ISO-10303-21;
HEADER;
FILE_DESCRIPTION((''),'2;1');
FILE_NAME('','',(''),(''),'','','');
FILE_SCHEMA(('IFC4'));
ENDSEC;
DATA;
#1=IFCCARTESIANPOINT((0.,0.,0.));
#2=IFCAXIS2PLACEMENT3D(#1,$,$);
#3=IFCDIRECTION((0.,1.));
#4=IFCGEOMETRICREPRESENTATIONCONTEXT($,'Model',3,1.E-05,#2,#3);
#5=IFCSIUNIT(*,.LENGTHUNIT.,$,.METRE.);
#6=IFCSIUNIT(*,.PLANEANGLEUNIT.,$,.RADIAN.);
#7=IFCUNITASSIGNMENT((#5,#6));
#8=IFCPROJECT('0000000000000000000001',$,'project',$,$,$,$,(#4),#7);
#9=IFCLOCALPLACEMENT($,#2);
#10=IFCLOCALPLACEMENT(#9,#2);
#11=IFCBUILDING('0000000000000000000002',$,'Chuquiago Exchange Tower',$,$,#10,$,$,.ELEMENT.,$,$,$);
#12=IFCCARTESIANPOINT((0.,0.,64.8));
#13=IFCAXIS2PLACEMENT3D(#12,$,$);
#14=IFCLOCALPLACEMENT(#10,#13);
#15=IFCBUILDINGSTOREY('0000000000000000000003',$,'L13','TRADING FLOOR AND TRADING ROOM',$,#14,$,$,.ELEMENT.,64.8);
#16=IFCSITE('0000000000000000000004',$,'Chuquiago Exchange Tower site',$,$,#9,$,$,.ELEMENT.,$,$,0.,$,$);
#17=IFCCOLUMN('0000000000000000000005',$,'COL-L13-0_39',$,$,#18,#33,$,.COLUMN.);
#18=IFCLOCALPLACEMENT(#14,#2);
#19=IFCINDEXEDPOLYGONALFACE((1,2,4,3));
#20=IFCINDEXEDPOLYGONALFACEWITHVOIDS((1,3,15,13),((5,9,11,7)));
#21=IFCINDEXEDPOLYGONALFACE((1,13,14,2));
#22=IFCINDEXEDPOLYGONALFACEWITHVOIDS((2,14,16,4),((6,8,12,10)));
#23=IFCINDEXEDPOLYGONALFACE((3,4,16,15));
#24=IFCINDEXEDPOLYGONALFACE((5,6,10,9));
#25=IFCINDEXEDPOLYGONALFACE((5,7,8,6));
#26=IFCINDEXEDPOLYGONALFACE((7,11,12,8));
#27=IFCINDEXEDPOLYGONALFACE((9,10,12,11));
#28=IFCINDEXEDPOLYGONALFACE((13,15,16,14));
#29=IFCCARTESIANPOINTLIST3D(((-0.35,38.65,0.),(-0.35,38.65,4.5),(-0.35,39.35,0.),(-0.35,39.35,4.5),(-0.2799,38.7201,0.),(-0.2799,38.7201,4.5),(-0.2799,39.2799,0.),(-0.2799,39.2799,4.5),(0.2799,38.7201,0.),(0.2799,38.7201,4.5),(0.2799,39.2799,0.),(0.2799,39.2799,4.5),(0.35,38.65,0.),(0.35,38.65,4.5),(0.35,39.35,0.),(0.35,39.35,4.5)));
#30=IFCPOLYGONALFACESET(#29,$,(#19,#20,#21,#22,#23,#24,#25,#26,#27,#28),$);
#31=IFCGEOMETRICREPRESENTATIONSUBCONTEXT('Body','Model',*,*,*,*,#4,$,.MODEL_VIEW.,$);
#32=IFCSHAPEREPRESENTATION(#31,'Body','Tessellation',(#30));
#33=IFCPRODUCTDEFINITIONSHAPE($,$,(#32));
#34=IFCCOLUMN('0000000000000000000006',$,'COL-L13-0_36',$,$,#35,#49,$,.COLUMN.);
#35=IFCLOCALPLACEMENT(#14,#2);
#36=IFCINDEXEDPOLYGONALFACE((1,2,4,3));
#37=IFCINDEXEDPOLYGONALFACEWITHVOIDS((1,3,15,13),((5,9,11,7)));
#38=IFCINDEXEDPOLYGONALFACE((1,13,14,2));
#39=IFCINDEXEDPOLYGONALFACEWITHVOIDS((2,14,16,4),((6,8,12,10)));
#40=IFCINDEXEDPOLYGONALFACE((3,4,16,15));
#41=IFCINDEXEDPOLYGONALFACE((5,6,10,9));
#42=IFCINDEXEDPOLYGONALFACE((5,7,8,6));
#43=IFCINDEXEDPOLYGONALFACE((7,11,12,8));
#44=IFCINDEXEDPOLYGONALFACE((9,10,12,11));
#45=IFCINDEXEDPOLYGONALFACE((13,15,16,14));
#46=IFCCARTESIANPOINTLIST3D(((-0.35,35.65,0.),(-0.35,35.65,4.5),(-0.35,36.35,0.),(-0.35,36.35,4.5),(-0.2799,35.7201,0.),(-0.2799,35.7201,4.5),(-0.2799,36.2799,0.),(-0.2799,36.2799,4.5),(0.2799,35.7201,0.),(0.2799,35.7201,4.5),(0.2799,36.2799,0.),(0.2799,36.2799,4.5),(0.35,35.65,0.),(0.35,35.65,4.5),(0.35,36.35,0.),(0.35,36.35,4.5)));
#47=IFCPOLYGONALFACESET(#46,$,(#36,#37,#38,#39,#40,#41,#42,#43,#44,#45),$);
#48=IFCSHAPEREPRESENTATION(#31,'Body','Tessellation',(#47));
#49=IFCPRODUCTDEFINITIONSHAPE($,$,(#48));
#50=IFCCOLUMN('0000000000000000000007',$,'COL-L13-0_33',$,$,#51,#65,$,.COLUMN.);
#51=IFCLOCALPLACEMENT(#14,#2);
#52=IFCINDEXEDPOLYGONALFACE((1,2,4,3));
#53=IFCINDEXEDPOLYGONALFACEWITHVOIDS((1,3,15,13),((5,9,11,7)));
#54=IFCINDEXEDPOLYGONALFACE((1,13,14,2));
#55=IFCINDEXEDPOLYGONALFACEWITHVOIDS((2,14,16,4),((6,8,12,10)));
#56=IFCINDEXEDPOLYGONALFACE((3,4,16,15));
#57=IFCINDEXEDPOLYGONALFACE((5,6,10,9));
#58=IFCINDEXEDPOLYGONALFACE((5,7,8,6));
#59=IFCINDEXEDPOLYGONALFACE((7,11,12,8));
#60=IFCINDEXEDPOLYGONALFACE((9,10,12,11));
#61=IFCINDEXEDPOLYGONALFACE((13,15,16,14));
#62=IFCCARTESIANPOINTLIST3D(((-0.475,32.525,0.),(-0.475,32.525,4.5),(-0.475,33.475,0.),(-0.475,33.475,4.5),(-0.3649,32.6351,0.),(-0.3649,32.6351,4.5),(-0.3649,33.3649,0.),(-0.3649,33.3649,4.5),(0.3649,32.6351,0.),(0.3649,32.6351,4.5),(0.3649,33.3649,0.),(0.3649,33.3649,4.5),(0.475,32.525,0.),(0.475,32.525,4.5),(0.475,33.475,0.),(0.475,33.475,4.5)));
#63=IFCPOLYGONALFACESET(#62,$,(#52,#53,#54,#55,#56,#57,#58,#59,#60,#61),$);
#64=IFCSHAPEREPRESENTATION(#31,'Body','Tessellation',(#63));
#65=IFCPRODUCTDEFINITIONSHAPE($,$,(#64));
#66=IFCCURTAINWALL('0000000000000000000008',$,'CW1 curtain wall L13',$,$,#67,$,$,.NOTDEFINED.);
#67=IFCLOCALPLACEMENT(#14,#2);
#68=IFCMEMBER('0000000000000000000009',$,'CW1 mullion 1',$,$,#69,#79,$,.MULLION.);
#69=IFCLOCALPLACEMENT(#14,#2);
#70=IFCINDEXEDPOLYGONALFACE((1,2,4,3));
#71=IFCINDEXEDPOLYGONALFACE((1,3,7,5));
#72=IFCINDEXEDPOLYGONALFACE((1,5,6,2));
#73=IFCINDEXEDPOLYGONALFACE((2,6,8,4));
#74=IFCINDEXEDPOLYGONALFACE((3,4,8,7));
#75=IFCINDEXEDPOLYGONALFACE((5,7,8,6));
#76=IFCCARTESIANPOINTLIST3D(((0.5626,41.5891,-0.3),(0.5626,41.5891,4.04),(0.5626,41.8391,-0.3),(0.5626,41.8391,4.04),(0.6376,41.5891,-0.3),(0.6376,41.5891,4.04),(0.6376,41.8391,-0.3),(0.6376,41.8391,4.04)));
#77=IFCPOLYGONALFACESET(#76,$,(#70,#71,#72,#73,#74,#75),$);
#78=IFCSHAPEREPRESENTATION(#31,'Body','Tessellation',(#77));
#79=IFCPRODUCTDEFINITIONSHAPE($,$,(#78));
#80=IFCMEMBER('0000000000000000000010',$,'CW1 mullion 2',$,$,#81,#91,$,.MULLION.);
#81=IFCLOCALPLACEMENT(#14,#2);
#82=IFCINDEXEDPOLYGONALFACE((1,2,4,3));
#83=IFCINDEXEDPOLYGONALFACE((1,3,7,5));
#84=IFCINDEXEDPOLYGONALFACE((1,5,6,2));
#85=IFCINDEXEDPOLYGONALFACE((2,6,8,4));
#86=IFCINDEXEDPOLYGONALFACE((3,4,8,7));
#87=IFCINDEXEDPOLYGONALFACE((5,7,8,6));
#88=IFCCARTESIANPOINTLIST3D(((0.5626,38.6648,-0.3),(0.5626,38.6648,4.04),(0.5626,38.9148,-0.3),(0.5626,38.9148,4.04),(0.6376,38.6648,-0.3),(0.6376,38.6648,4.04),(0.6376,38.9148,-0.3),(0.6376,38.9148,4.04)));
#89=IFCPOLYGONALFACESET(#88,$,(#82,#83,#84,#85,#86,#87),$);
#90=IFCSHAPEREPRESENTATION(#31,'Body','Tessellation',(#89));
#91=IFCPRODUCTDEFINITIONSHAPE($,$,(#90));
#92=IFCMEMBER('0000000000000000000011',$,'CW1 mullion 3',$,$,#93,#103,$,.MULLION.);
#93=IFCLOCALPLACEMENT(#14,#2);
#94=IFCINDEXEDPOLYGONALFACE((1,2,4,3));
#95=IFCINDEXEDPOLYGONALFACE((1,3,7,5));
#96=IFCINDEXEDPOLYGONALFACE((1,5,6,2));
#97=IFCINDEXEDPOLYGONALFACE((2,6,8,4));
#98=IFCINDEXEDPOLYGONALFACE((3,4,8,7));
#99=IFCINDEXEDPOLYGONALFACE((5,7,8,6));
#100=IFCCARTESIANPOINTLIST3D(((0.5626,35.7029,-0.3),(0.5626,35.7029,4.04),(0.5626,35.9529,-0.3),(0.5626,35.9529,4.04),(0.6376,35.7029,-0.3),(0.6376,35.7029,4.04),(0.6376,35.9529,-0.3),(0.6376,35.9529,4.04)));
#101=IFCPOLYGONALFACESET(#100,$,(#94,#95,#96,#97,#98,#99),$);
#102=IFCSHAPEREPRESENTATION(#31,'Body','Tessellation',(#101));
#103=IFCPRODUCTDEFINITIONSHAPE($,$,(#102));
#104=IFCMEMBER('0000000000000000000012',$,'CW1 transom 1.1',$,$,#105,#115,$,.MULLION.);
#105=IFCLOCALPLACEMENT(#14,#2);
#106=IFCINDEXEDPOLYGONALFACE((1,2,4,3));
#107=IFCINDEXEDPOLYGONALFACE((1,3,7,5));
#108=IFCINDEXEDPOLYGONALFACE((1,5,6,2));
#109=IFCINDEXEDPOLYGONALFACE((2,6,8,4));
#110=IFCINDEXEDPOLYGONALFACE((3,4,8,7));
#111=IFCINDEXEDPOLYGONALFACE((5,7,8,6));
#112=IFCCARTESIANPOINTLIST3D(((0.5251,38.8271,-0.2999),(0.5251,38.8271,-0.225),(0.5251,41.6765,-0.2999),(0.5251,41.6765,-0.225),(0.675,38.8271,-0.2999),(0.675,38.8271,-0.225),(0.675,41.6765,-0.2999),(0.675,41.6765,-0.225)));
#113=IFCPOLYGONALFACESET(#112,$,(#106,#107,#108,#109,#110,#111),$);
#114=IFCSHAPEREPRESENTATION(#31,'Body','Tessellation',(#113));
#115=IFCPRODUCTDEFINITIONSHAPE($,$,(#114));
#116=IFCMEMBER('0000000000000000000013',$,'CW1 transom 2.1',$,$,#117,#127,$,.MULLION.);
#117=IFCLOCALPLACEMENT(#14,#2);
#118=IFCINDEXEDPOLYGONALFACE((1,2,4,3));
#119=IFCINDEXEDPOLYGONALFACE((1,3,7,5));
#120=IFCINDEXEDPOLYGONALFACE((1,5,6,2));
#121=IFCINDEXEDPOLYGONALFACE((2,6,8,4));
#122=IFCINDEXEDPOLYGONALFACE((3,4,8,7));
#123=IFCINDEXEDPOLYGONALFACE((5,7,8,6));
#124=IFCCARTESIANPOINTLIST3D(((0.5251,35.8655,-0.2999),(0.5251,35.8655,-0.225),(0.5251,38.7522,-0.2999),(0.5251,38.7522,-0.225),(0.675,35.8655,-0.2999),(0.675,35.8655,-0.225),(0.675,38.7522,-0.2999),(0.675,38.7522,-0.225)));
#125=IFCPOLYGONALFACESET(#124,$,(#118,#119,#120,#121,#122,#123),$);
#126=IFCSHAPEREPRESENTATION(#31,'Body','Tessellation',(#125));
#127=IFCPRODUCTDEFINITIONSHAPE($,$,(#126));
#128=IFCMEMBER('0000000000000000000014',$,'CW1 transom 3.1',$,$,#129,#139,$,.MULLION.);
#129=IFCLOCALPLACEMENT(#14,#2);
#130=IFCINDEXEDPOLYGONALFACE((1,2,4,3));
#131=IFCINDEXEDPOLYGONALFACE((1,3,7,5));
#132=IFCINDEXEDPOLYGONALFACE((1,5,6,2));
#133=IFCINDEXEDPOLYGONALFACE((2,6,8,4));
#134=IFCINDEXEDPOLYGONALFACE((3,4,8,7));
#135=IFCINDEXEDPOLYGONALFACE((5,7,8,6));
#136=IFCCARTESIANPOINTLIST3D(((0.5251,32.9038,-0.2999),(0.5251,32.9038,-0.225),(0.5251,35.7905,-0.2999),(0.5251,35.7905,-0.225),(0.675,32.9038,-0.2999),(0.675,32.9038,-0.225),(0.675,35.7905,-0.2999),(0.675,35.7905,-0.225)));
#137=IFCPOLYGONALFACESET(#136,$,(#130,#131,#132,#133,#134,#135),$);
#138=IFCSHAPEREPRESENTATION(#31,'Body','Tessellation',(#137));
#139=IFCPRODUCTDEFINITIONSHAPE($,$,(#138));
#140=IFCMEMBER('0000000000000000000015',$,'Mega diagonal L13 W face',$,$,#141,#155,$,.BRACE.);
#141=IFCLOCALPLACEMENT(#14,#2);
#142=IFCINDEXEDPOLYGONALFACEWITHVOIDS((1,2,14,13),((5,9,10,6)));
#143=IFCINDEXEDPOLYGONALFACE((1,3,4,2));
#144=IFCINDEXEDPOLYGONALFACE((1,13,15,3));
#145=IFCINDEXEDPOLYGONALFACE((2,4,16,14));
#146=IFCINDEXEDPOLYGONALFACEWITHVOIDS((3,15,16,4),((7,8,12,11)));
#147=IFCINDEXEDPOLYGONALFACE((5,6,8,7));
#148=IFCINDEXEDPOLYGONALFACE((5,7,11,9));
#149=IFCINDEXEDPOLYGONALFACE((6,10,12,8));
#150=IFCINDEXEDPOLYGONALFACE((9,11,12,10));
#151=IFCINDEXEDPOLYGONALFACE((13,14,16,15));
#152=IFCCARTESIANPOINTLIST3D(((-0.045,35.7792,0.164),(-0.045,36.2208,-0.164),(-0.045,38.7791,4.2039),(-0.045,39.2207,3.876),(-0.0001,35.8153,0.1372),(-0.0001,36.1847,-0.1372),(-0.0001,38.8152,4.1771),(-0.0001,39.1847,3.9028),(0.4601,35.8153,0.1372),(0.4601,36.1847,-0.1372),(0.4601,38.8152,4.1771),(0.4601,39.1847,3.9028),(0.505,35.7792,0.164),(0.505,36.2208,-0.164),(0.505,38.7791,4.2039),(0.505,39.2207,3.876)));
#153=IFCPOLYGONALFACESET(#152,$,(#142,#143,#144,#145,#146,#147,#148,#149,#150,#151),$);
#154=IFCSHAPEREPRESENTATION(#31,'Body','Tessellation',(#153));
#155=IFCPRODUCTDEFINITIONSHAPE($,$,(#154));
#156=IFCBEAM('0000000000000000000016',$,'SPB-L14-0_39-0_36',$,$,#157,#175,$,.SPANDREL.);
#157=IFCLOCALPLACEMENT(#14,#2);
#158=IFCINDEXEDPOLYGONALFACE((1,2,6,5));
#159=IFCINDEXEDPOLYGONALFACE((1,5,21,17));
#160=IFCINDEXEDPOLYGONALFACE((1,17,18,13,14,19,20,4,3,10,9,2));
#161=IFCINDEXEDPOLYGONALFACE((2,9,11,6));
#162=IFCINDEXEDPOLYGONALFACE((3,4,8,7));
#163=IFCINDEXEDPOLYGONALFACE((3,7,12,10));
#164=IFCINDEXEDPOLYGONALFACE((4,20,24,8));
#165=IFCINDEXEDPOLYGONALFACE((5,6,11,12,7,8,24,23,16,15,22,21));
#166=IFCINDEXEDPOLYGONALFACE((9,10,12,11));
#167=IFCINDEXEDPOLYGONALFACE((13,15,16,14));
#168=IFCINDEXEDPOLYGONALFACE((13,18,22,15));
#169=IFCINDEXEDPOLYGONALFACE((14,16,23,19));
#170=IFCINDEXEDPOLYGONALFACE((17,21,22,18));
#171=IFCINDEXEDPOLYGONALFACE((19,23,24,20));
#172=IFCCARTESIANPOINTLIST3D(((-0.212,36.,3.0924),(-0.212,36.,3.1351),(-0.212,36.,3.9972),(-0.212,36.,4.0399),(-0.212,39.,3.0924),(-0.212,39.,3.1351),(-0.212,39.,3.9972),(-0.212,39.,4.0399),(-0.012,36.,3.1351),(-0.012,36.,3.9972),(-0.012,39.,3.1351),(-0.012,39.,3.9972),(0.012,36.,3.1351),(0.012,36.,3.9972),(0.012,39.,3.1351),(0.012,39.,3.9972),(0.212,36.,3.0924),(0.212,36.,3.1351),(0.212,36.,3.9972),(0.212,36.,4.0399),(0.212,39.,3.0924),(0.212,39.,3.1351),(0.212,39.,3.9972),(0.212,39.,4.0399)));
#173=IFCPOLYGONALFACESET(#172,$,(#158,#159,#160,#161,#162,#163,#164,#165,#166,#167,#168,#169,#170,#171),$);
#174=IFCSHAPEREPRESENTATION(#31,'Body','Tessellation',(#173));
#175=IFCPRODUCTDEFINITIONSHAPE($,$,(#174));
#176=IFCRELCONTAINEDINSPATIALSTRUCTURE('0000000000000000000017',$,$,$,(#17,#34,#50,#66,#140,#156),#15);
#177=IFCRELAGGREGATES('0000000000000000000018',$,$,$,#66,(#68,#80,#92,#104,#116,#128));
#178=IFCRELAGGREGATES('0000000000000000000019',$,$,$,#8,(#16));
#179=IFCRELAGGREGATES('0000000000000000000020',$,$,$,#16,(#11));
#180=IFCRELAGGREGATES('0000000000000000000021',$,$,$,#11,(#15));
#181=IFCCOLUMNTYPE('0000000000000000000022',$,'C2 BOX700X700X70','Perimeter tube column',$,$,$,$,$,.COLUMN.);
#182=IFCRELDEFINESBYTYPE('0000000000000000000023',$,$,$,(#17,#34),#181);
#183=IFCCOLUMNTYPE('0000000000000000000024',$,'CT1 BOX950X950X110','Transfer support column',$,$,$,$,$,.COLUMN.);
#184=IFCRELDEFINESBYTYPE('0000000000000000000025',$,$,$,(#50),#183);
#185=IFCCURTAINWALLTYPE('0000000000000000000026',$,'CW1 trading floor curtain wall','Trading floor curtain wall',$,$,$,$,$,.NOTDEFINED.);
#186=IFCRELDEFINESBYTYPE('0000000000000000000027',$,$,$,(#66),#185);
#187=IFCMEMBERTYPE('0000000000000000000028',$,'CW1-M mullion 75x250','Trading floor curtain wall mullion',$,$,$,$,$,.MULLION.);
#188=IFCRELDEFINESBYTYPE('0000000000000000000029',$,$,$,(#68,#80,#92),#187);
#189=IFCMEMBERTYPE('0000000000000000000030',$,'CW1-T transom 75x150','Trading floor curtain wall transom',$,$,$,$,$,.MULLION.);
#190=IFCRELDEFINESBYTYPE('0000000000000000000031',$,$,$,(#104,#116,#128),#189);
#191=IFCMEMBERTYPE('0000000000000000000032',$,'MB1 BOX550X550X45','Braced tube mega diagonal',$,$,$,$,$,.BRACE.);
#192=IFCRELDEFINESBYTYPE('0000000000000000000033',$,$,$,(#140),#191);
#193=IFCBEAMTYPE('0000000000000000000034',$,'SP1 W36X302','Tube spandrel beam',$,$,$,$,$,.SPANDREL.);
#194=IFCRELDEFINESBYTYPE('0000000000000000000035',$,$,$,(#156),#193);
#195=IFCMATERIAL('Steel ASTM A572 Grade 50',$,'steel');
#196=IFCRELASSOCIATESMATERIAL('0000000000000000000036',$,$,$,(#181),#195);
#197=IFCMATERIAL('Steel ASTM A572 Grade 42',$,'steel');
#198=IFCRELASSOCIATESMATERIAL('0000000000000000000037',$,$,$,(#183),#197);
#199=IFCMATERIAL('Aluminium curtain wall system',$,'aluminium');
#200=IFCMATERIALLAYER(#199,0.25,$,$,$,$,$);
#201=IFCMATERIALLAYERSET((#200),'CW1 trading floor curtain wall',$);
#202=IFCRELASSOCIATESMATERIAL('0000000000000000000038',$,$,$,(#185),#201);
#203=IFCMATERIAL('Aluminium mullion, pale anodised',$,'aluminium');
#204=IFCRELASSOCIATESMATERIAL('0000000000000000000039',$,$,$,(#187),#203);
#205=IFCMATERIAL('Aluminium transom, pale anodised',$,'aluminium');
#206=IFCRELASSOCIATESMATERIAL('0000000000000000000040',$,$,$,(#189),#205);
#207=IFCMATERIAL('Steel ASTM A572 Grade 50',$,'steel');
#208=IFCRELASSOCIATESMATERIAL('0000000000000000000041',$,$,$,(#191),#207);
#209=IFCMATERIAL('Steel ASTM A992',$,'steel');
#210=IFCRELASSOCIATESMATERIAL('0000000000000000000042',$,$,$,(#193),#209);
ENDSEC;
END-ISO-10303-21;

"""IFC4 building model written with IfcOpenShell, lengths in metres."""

from ifc_helpers import new_model, si_unit, direction, frame, origin, origin_2d, place, context, subcontext, project, spatial, rectangle, hollow_rectangle, i_section, extrude, material, layer, layer_set, material_profile, profile_set, type_object, element, aggregate, save


model = new_model("IFC4")

# Units and contexts
model_context = context("Model", 3, precision=1e-05, world=origin(), true_north=direction((0.0, 1.0)))
body_context = subcontext(model_context, "Body", "Model", "MODEL_VIEW")
ifc_project = project(units=[si_unit("LENGTHUNIT", "METRE"), si_unit("PLANEANGLEUNIT", "RADIAN")], contexts=[model_context])

# Site, building, storey
site_placement = place(None, origin())
site = spatial("IfcSite", under=ifc_project, at=site_placement, Name="Chuquiago Exchange Tower site", CompositionType="ELEMENT", RefElevation=0.0)
building_placement = place(site_placement, origin())
building = spatial("IfcBuilding", under=site, at=building_placement, Name="Chuquiago Exchange Tower", CompositionType="ELEMENT")
storey_placement = place(building_placement, frame((0.0, 0.0, 64.8)))
storey = spatial("IfcBuildingStorey", under=building, at=storey_placement, Name="L13", Description="TRADING FLOOR AND TRADING ROOM", CompositionType="ELEMENT", Elevation=64.8)

# Columns
ifc_material_1 = material(Name="Steel ASTM A572 Grade 50", Category="steel")
ifc_material_profile_1 = material_profile(ifc_material_1, hollow_rectangle(XDim=0.7, YDim=0.7, WallThickness=0.0701, at=origin_2d()), Name="BOX700X700X70")
ifc_profile_set_1 = profile_set([ifc_material_profile_1], Name="Steel ASTM A572 Grade 50")
column_type_1 = type_object("IfcColumnType", Name="C2 BOX700X700X70", Description="Perimeter tube column", PredefinedType="COLUMN", material=ifc_profile_set_1)
for number, where, z_axis, x_axis, name in (
    (1, (0.0, 39.0, 0.0), (0.0, 0.0, 1.0), (-1.0, 0.0, 0.0), "COL-L13-0_39"),
    (2, (0.0, 36.0, 0.0), (0.0, 0.0, 1.0), (-1.0, 0.0, 0.0), "COL-L13-0_36"),
):
    element("IfcColumn", number, at=place(storey_placement, frame(where, z_axis=z_axis, x_axis=x_axis)), inside=storey, type_object=column_type_1, Name=name, PredefinedType="COLUMN", context=body_context, shape_type="SweptSolid", body=[
        extrude(hollow_rectangle(XDim=0.7, YDim=0.7, WallThickness=0.0701, at=origin_2d()), origin(), (0.0, 0.0, 1.0), 4.5),
    ])
ifc_material_2 = material(Name="Steel ASTM A572 Grade 42", Category="steel")
ifc_material_profile_2 = material_profile(ifc_material_2, hollow_rectangle(XDim=0.95, YDim=0.95, WallThickness=0.1101, at=origin_2d()), Name="BOX950X950X110")
ifc_profile_set_2 = profile_set([ifc_material_profile_2], Name="Steel ASTM A572 Grade 42")
column_type_2 = type_object("IfcColumnType", Name="CT1 BOX950X950X110", Description="Transfer support column", PredefinedType="COLUMN", material=ifc_profile_set_2)
column_placement = place(storey_placement, frame((0.0, 33.0, 0.0), z_axis=(0.0, 0.0, 1.0), x_axis=(-1.0, 0.0, 0.0)))
element("IfcColumn", 3, at=column_placement, inside=storey, type_object=column_type_2, Name="COL-L13-0_33", PredefinedType="COLUMN", context=body_context, shape_type="SweptSolid", body=[
    extrude(hollow_rectangle(XDim=0.95, YDim=0.95, WallThickness=0.1101, at=origin_2d()), origin(), (0.0, 0.0, 1.0), 4.5),
])

# Curtain wall, members
ifc_material_3 = material(Name="Aluminium curtain wall system", Category="aluminium")
ifc_layer_1 = layer(ifc_material_3, 0.25)
ifc_layer_set_1 = layer_set([ifc_layer_1], Name="CW1 trading floor curtain wall")
curtain_wall_type = type_object("IfcCurtainWallType", Name="CW1 trading floor curtain wall", Description="Trading floor curtain wall", PredefinedType="NOTDEFINED", material=ifc_layer_set_1)
curtain_wall_placement = place(storey_placement, origin())
curtain_wall = element("IfcCurtainWall", 4, at=curtain_wall_placement, inside=storey, type_object=curtain_wall_type, Name="CW1 curtain wall L13", PredefinedType="NOTDEFINED")
ifc_material_4 = material(Name="Aluminium mullion, pale anodised", Category="aluminium")
ifc_material_profile_3 = material_profile(ifc_material_4, rectangle(XDim=0.075, YDim=0.25, at=origin_2d()), Name="AL 75x250")
ifc_profile_set_3 = profile_set([ifc_material_profile_3], Name="Aluminium mullion, pale anodised")
member_type_1 = type_object("IfcMemberType", Name="CW1-M mullion 75x250", Description="Trading floor curtain wall mullion", PredefinedType="MULLION", material=ifc_profile_set_3)
member_1_placement = place(storey_placement, frame((0.6001, 41.7141, -0.3), z_axis=(0.0, 0.0, 1.0), x_axis=(1.0, 0.0, 0.0)))
member_1 = element("IfcMember", 5, at=member_1_placement, type_object=member_type_1, Name="CW1 mullion 1", PredefinedType="MULLION", context=body_context, shape_type="SweptSolid", body=[
    extrude(rectangle(XDim=0.075, YDim=0.25, at=origin_2d()), origin(), (0.0, 0.0, 1.0), 4.3401),
])
member_2_placement = place(storey_placement, frame((0.6001, 38.7898, -0.3), z_axis=(0.0, 0.0, 1.0), x_axis=(1.0, 0.0, 0.0)))
member_2 = element("IfcMember", 6, at=member_2_placement, type_object=member_type_1, Name="CW1 mullion 2", PredefinedType="MULLION", context=body_context, shape_type="SweptSolid", body=[
    extrude(rectangle(XDim=0.075, YDim=0.25, at=origin_2d()), origin(), (0.0, 0.0, 1.0), 4.3401),
])
member_3_placement = place(storey_placement, frame((0.6001, 35.8279, -0.3), z_axis=(0.0, 0.0, 1.0), x_axis=(1.0, 0.0, 0.0)))
member_3 = element("IfcMember", 7, at=member_3_placement, type_object=member_type_1, Name="CW1 mullion 3", PredefinedType="MULLION", context=body_context, shape_type="SweptSolid", body=[
    extrude(rectangle(XDim=0.075, YDim=0.25, at=origin_2d()), origin(), (0.0, 0.0, 1.0), 4.3401),
])
ifc_material_5 = material(Name="Aluminium transom, pale anodised", Category="aluminium")
ifc_material_profile_4 = material_profile(ifc_material_5, rectangle(XDim=0.1499, YDim=0.075, at=origin_2d()), Name="AL 150x75")
ifc_profile_set_4 = profile_set([ifc_material_profile_4], Name="Aluminium transom, pale anodised")
member_type_2 = type_object("IfcMemberType", Name="CW1-T transom 75x150", Description="Trading floor curtain wall transom", PredefinedType="MULLION", material=ifc_profile_set_4)
member_4_placement = place(storey_placement, frame((0.6001, 41.6765, -0.2625), z_axis=(0.0, -1.0, 0.0), x_axis=(1.0, 0.0, 0.0)))
member_4 = element("IfcMember", 8, at=member_4_placement, type_object=member_type_2, Name="CW1 transom 1.1", PredefinedType="MULLION", context=body_context, shape_type="SweptSolid", body=[
    extrude(rectangle(XDim=0.1499, YDim=0.075, at=origin_2d()), origin(), (0.0, 0.0, 1.0), 2.8494),
])
member_5_placement = place(storey_placement, frame((0.6001, 38.7522, -0.2625), z_axis=(0.0, -1.0, 0.0), x_axis=(1.0, 0.0, 0.0)))
member_5 = element("IfcMember", 9, at=member_5_placement, type_object=member_type_2, Name="CW1 transom 2.1", PredefinedType="MULLION", context=body_context, shape_type="SweptSolid", body=[
    extrude(rectangle(XDim=0.1499, YDim=0.075, at=origin_2d()), origin(), (0.0, 0.0, 1.0), 2.8867),
])
member_6_placement = place(storey_placement, frame((0.6001, 35.7905, -0.2625), z_axis=(0.0, -1.0, 0.0), x_axis=(1.0, 0.0, 0.0)))
member_6 = element("IfcMember", 10, at=member_6_placement, type_object=member_type_2, Name="CW1 transom 3.1", PredefinedType="MULLION", context=body_context, shape_type="SweptSolid", body=[
    extrude(rectangle(XDim=0.1499, YDim=0.075, at=origin_2d()), origin(), (0.0, 0.0, 1.0), 2.8867),
])

# Member
ifc_material_6 = material(Name="Steel ASTM A572 Grade 50", Category="steel")
ifc_material_profile_5 = material_profile(ifc_material_6, hollow_rectangle(XDim=0.55, YDim=0.55, WallThickness=0.0449, at=origin_2d()), Name="BOX550X550X45")
ifc_profile_set_5 = profile_set([ifc_material_profile_5], Name="Steel ASTM A572 Grade 50")
member_type_3 = type_object("IfcMemberType", Name="MB1 BOX550X550X45", Description="Braced tube mega diagonal", PredefinedType="BRACE", material=ifc_profile_set_5)
member_7_placement = place(storey_placement, frame((0.23, 36.0, 0.0), z_axis=(0.0, 0.596174, 0.802855), x_axis=(-1.0, 0.0, 0.0)))
element("IfcMember", 11, at=member_7_placement, inside=storey, type_object=member_type_3, Name="Mega diagonal L13 W face", PredefinedType="BRACE", context=body_context, shape_type="SweptSolid", body=[
    extrude(hollow_rectangle(XDim=0.55, YDim=0.55, WallThickness=0.0449, at=origin_2d()), origin(), (0.0, 0.0, 1.0), 5.032),
])

# Beam
ifc_material_7 = material(Name="Steel ASTM A992", Category="steel")
ifc_material_profile_6 = material_profile(ifc_material_7, i_section(OverallWidth=0.4241, OverallDepth=0.9475, WebThickness=0.0239, FlangeThickness=0.0427, at=origin_2d()), Name="W36X302")
ifc_profile_set_6 = profile_set([ifc_material_profile_6], Name="Steel ASTM A992")
beam_type = type_object("IfcBeamType", Name="SP1 W36X302", Description="Tube spandrel beam", PredefinedType="SPANDREL", material=ifc_profile_set_6)
for number, where, z_axis, x_axis, name in (
    (12, (0.0, 39.0, 3.5662), (0.0, -1.0, 0.0), (1.0, 0.0, 0.0), "SPB-L14-0_39-0_36"),
):
    element("IfcBeam", number, at=place(storey_placement, frame(where, z_axis=z_axis, x_axis=x_axis)), inside=storey, type_object=beam_type, Name=name, PredefinedType="SPANDREL", context=body_context, shape_type="SweptSolid", body=[
        extrude(i_section(OverallWidth=0.4241, OverallDepth=0.9475, WebThickness=0.0239, FlangeThickness=0.0427, at=origin_2d()), origin(), (0.0, 0.0, 1.0), 3.0),
    ])

aggregate(curtain_wall, [member_1, member_2, member_3, member_4, member_5, member_6])

save(model, "model.ifc")
